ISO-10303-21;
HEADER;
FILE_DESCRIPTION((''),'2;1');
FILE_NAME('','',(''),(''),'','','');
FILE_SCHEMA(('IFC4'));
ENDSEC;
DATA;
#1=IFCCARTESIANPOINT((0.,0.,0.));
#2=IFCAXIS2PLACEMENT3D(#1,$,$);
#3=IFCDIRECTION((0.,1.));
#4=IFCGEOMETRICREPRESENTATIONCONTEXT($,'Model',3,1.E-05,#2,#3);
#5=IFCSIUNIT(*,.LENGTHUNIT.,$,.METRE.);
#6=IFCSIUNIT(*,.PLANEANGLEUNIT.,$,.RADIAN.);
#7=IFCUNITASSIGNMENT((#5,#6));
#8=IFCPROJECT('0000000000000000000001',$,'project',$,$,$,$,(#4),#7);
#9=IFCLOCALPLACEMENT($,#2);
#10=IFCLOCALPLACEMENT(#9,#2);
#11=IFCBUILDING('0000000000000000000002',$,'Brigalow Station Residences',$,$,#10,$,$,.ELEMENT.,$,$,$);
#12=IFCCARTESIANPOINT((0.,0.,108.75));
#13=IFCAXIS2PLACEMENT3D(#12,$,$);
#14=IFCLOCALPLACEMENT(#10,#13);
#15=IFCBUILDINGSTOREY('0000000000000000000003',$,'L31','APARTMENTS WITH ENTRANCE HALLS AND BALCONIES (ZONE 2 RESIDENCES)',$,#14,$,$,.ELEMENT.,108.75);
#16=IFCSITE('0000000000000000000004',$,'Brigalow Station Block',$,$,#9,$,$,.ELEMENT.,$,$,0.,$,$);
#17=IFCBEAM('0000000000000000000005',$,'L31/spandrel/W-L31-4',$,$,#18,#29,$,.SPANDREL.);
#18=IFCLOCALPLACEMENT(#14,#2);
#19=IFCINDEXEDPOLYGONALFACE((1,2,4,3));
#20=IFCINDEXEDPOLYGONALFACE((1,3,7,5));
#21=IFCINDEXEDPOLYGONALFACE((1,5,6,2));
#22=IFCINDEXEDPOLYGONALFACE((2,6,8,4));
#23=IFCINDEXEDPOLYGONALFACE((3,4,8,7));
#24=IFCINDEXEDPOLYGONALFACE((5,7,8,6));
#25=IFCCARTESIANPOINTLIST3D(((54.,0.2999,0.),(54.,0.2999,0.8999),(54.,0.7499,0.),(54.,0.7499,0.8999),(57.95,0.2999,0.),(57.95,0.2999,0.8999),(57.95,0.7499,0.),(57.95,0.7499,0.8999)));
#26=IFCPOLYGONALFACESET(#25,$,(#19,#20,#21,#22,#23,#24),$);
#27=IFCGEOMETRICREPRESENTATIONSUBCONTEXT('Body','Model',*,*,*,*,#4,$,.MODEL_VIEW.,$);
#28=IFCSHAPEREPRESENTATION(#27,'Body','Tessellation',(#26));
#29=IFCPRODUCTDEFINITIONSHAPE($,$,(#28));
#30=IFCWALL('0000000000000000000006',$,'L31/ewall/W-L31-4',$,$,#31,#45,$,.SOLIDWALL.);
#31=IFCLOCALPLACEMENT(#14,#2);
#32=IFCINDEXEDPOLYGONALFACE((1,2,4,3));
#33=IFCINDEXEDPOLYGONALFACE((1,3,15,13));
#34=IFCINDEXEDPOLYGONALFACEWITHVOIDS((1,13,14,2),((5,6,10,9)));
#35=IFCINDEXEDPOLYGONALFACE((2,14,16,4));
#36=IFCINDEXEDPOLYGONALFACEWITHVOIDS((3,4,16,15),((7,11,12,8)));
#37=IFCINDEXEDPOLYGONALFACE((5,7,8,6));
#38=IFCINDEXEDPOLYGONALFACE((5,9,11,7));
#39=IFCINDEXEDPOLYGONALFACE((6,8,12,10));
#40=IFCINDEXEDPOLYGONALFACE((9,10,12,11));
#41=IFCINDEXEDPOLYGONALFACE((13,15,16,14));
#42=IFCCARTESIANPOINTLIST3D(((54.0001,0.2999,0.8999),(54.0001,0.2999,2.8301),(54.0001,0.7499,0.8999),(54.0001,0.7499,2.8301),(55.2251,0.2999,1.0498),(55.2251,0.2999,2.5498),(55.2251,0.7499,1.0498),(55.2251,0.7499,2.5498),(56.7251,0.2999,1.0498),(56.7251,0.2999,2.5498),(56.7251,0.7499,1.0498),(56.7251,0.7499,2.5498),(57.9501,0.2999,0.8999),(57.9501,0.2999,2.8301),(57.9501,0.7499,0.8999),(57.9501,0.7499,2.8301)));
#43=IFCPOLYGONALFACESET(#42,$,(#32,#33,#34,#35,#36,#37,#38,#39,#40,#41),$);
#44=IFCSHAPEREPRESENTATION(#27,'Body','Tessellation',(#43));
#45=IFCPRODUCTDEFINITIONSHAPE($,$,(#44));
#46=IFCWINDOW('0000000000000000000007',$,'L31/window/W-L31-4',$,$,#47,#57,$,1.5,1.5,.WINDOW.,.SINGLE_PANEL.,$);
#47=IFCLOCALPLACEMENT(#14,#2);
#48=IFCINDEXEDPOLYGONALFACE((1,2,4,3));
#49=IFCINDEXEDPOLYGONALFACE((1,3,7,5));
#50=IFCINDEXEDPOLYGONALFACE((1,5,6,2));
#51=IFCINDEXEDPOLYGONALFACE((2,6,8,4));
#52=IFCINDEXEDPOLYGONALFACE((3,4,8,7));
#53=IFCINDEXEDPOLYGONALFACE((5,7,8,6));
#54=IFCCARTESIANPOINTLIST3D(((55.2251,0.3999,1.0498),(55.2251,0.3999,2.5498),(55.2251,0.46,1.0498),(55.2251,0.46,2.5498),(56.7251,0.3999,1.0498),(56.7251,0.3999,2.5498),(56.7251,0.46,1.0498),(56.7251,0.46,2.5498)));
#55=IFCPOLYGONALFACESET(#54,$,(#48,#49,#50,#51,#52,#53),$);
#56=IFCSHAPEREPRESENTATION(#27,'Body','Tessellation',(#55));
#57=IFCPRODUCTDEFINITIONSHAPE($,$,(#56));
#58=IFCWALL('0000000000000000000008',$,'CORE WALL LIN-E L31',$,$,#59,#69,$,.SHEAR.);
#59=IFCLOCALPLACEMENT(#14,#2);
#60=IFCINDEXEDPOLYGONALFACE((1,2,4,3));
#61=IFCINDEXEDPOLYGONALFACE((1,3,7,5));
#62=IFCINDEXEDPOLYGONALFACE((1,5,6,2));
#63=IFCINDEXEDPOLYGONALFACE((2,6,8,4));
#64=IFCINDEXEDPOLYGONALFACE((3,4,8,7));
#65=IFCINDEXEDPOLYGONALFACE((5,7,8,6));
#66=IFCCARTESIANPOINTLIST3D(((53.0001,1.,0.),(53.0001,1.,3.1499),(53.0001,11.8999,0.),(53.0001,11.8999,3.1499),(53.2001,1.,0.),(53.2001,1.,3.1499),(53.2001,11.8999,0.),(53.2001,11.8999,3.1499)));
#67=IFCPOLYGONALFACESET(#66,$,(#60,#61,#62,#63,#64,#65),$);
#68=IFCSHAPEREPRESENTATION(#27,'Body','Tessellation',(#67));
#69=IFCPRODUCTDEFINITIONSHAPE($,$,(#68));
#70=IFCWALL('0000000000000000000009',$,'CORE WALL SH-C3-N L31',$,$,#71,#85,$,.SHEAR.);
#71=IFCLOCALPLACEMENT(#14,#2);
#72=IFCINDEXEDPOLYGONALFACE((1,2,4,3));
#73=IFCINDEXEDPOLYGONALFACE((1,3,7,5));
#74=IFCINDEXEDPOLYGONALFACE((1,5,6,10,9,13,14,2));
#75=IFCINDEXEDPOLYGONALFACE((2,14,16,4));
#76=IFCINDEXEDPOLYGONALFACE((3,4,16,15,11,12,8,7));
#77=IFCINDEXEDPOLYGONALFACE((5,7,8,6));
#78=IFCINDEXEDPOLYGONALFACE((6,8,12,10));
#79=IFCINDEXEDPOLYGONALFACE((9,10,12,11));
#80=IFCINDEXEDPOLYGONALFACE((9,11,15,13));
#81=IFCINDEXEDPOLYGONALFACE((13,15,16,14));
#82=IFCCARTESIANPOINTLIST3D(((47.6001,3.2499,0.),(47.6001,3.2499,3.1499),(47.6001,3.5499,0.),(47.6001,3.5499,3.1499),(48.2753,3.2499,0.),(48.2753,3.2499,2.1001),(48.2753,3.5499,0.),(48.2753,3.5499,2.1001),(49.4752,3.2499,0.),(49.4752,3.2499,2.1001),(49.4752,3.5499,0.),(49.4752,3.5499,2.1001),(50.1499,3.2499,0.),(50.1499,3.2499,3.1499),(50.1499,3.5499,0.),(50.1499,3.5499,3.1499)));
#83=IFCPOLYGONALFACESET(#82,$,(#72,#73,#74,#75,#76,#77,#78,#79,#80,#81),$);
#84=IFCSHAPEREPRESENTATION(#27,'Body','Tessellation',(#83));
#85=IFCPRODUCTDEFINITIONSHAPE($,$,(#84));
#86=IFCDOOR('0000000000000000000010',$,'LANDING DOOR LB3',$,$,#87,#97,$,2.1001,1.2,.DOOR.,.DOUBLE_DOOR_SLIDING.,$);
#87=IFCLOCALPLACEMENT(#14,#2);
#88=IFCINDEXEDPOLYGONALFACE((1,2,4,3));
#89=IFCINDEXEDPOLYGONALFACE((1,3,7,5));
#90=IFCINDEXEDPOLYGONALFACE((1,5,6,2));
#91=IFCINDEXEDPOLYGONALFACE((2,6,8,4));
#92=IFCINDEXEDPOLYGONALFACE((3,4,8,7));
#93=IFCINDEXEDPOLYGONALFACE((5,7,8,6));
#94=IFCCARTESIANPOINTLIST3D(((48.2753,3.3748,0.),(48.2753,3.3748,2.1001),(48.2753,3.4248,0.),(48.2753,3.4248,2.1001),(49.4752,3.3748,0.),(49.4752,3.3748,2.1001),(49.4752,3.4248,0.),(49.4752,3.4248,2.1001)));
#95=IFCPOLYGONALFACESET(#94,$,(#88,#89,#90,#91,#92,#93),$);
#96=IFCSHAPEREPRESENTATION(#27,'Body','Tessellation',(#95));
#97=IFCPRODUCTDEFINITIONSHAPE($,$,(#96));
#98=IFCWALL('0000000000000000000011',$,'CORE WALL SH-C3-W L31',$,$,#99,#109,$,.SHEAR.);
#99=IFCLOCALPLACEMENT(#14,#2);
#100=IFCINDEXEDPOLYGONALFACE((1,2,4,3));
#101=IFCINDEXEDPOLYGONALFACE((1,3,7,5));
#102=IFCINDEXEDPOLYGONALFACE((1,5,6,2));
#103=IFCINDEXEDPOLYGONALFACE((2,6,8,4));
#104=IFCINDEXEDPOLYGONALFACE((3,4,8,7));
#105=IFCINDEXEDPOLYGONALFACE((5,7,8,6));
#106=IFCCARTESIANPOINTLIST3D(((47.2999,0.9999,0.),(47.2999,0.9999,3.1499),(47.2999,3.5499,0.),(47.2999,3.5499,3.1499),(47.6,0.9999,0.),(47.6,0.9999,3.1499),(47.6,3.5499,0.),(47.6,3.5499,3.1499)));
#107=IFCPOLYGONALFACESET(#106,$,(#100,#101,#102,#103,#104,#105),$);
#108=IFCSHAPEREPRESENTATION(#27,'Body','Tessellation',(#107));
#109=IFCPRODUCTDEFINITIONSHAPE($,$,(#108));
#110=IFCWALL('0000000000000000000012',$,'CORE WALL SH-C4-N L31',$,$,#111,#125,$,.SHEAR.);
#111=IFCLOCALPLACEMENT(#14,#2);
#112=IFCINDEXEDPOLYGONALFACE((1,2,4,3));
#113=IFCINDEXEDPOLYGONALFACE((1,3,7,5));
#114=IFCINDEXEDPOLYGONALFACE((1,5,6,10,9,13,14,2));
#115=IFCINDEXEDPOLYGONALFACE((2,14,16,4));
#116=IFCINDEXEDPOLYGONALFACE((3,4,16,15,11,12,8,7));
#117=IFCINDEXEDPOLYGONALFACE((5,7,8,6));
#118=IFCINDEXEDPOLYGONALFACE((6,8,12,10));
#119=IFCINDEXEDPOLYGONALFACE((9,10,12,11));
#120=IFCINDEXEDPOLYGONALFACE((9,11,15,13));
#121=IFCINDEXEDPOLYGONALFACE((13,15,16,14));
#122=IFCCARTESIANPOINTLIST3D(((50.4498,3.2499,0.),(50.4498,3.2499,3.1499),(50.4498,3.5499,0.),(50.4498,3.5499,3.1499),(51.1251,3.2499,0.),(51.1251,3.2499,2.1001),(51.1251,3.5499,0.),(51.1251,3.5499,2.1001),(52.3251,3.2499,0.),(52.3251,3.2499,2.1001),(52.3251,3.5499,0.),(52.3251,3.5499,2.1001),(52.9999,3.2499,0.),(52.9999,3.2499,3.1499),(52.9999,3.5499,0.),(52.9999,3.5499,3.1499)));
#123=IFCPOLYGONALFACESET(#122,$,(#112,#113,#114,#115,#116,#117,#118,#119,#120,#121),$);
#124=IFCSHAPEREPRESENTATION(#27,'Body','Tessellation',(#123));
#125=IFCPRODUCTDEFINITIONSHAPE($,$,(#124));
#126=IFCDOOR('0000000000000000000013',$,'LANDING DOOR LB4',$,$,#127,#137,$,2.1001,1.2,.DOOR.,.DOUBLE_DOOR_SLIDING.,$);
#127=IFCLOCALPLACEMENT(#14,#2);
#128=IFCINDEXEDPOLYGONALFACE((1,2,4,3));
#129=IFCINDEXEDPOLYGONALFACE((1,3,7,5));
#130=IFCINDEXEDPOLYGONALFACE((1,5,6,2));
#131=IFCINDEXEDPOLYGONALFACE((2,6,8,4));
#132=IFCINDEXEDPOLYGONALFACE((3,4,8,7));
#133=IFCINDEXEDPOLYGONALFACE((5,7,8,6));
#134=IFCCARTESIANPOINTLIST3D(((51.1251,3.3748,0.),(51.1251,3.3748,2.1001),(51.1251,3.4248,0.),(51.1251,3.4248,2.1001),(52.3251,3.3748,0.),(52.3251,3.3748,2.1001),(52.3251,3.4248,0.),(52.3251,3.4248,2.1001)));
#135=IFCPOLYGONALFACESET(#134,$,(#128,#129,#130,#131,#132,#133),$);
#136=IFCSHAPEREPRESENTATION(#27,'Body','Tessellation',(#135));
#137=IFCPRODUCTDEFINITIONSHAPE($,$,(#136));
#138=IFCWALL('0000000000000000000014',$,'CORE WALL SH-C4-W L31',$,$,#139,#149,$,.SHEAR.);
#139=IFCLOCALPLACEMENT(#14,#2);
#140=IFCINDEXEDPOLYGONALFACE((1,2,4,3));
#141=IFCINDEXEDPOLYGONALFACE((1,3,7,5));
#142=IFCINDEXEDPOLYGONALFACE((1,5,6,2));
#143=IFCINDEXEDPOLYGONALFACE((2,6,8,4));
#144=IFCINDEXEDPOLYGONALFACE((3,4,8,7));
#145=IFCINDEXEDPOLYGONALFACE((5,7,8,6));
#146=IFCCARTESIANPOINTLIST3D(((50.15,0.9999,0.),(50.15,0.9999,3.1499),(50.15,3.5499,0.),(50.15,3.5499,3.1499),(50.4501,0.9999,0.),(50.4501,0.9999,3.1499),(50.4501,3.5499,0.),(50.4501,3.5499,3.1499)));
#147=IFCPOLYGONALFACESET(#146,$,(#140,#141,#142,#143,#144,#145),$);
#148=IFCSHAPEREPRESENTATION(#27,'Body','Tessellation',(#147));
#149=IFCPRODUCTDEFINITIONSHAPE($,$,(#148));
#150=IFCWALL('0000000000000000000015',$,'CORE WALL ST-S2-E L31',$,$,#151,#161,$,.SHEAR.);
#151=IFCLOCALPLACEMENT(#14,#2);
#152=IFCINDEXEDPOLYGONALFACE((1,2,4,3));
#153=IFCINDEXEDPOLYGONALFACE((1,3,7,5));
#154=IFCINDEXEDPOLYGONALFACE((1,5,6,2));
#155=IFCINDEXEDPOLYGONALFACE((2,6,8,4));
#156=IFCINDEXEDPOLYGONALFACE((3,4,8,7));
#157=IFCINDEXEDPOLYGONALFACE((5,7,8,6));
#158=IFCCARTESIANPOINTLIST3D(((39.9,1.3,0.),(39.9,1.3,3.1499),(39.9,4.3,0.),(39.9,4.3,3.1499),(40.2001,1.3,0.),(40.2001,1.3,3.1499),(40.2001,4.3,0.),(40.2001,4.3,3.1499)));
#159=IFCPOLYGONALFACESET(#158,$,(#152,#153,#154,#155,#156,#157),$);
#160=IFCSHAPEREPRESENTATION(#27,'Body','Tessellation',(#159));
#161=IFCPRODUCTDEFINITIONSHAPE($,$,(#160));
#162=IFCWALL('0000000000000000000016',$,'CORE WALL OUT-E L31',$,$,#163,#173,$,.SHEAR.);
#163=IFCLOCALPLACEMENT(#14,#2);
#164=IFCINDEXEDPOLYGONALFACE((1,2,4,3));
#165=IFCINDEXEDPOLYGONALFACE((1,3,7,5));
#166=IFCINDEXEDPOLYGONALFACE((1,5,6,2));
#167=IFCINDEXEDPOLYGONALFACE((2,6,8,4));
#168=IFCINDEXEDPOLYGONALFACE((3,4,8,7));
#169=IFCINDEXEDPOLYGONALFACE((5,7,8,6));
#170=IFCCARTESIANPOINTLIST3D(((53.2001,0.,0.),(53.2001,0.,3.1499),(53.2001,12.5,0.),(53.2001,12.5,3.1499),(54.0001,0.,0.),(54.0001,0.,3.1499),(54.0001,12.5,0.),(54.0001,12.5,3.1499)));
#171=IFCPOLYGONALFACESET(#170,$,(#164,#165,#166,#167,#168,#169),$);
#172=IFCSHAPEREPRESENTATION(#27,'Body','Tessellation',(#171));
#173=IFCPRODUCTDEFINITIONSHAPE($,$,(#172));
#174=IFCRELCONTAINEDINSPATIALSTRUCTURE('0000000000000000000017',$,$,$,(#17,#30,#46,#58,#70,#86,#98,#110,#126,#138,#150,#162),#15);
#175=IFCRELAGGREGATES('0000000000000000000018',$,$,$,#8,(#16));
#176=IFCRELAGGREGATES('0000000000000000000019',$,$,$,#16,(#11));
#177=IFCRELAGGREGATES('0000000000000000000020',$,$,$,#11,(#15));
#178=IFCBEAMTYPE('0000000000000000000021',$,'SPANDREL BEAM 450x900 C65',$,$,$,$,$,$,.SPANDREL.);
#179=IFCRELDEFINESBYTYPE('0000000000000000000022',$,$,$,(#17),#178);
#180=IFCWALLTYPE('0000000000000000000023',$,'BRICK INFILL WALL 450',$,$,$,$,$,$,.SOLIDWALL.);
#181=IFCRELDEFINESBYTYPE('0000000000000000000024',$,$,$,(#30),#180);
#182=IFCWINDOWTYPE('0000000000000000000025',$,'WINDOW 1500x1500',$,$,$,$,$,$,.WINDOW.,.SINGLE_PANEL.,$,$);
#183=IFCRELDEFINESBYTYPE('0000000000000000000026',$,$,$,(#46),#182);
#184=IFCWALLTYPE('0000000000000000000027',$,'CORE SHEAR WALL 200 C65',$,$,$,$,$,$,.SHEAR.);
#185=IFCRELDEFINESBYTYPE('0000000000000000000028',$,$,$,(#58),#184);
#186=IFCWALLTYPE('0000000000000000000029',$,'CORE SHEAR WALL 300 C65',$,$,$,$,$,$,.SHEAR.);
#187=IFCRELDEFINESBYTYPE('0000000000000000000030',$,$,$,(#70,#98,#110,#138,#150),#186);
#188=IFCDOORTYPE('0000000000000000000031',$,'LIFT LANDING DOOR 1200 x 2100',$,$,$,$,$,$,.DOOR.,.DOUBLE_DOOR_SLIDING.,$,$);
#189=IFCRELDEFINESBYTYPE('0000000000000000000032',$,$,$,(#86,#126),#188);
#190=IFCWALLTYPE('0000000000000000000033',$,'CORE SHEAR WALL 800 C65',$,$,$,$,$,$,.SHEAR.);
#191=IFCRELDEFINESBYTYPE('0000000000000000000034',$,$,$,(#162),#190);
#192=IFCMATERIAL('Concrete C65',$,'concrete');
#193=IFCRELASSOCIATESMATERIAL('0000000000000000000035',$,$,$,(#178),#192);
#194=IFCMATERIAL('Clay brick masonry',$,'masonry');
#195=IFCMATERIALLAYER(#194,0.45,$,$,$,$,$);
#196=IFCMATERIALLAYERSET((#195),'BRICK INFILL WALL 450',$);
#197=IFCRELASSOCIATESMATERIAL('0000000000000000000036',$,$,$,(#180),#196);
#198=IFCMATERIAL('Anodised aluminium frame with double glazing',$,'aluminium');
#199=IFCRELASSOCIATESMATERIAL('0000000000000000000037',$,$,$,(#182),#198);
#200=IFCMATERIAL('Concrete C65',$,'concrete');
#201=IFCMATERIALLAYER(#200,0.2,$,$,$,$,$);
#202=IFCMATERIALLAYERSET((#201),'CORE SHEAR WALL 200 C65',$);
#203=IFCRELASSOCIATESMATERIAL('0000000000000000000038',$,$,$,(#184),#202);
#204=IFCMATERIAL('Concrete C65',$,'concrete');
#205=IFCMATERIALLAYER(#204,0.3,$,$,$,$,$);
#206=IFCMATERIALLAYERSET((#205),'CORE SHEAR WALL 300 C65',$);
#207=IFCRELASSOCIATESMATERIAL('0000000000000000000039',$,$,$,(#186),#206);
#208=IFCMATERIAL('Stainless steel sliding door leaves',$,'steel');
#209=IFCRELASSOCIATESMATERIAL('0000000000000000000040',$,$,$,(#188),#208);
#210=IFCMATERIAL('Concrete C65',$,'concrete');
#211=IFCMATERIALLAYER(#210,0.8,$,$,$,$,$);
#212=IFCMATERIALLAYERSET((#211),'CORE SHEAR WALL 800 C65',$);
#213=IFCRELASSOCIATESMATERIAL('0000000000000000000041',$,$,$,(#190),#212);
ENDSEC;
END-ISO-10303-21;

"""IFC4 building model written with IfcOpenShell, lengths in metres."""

from ifc_helpers import new_model, si_unit, direction, frame, frame_2d, origin, origin_2d, place, context, subcontext, project, spatial, rectangle, extrude, material, layer, layer_set, material_profile, profile_set, type_object, element, fill, save


model = new_model("IFC4")

# Units and contexts
model_context = context("Model", 3, precision=1e-05, world=origin(), true_north=direction((0.0, 1.0)))
body_context = subcontext(model_context, "Body", "Model", "MODEL_VIEW")
ifc_project = project(units=[si_unit("LENGTHUNIT", "METRE"), si_unit("PLANEANGLEUNIT", "RADIAN")], contexts=[model_context])

# Site, building, storey
site_placement = place(None, origin())
site = spatial("IfcSite", under=ifc_project, at=site_placement, Name="Brigalow Station Block", CompositionType="ELEMENT", RefElevation=0.0)
building_placement = place(site_placement, origin())
building = spatial("IfcBuilding", under=site, at=building_placement, Name="Brigalow Station Residences", CompositionType="ELEMENT")
storey_placement = place(building_placement, frame((0.0, 0.0, 108.75)))
storey = spatial("IfcBuildingStorey", under=building, at=storey_placement, Name="L31", Description="APARTMENTS WITH ENTRANCE HALLS AND BALCONIES (ZONE 2 RESIDENCES)", CompositionType="ELEMENT", Elevation=108.75)

# Beam
ifc_material_1 = material(Name="Concrete C65", Category="concrete")
ifc_material_profile = material_profile(ifc_material_1, rectangle(XDim=0.45, YDim=0.8999, at=origin_2d()), Name="RC450x900")
ifc_profile_set = profile_set([ifc_material_profile], Name="Concrete C65")
beam_type = type_object("IfcBeamType", Name="SPANDREL BEAM 450x900 C65", PredefinedType="SPANDREL", material=ifc_profile_set)
beam_placement = place(storey_placement, frame((54.0, 0.5249, 0.45), z_axis=(1.0, 0.0, 0.0), x_axis=(0.0, 1.0, 0.0)))
element("IfcBeam", 1, at=beam_placement, inside=storey, type_object=beam_type, Name="L31/spandrel/W-L31-4", PredefinedType="SPANDREL", context=body_context, shape_type="SweptSolid", body=[
    extrude(rectangle(XDim=0.45, YDim=0.8999, at=origin_2d()), origin(), (0.0, 0.0, 1.0), 3.95),
])

# Wall, opening, window
ifc_material_2 = material(Name="Clay brick masonry", Category="masonry")
ifc_layer_1 = layer(ifc_material_2, 0.45)
ifc_layer_set_1 = layer_set([ifc_layer_1], Name="BRICK INFILL WALL 450")
wall_type_1 = type_object("IfcWallType", Name="BRICK INFILL WALL 450", PredefinedType="SOLIDWALL", material=ifc_layer_set_1)
wall_1_placement = place(storey_placement, frame((54.0, 0.5249, 0.8999), z_axis=(0.0, 0.0, 1.0), x_axis=(1.0, 0.0, 0.0)))
wall_1 = element("IfcWall", 2, at=wall_1_placement, inside=storey, type_object=wall_type_1, Name="L31/ewall/W-L31-4", PredefinedType="SOLIDWALL", context=body_context, shape_type="SweptSolid", body=[
    extrude(rectangle(XDim=3.95, YDim=0.45, at=frame_2d((1.9751, 0.0))), origin(), (0.0, 0.0, 1.0), 1.9302),
])
opening_1_placement = place(wall_1_placement, frame((1.2251, 0.0, 0.1499)))
opening_1 = element("IfcOpeningElement", 3, at=opening_1_placement, cuts=wall_1, PredefinedType="OPENING", context=body_context, shape_type="SweptSolid", body=[
    extrude(rectangle(XDim=1.5, YDim=1.5, at=frame_2d((0.75, 0.75))), frame((0.0, 0.2349, 0.0), z_axis=(0.0, -1.0, 0.0), x_axis=(1.0, 0.0, 0.0)), (0.0, 0.0, 1.0), 0.47),
])
ifc_material_3 = material(Name="Anodised aluminium frame with double glazing", Category="aluminium")
window_type = type_object("IfcWindowType", Name="WINDOW 1500x1500", PartitioningType="SINGLE_PANEL", PredefinedType="WINDOW", material=ifc_material_3)
window_placement = place(opening_1_placement, origin())
window = element("IfcWindow", 4, at=window_placement, inside=storey, type_object=window_type, Name="L31/window/W-L31-4", OverallHeight=1.5, OverallWidth=1.5, PartitioningType="SINGLE_PANEL", PredefinedType="WINDOW", context=body_context, shape_type="SweptSolid", body=[
    extrude(rectangle(XDim=1.5, YDim=1.5, at=frame_2d((0.75, 0.75))), frame((0.0, -0.0649, 0.0), z_axis=(0.0, -1.0, 0.0), x_axis=(1.0, 0.0, 0.0)), (0.0, 0.0, 1.0), 0.0601),
])
fill(opening_1, window)

# Wall
ifc_material_4 = material(Name="Concrete C65", Category="concrete")
ifc_layer_2 = layer(ifc_material_4, 0.2)
ifc_layer_set_2 = layer_set([ifc_layer_2], Name="CORE SHEAR WALL 200 C65")
wall_type_2 = type_object("IfcWallType", Name="CORE SHEAR WALL 200 C65", PredefinedType="SHEAR", material=ifc_layer_set_2)
wall_2_placement = place(storey_placement, frame((53.1001, 1.0, 0.0), z_axis=(0.0, 0.0, 1.0), x_axis=(0.0, 1.0, 0.0)))
element("IfcWall", 5, at=wall_2_placement, inside=storey, type_object=wall_type_2, Name="CORE WALL LIN-E L31", PredefinedType="SHEAR", context=body_context, shape_type="SweptSolid", body=[
    extrude(rectangle(XDim=10.8999, YDim=0.2, at=frame_2d((5.45, 0.0))), origin(), (0.0, 0.0, 1.0), 3.1499),
])

# Wall, opening, door
ifc_material_5 = material(Name="Concrete C65", Category="concrete")
ifc_layer_3 = layer(ifc_material_5, 0.3)
ifc_layer_set_3 = layer_set([ifc_layer_3], Name="CORE SHEAR WALL 300 C65")
wall_type_3 = type_object("IfcWallType", Name="CORE SHEAR WALL 300 C65", PredefinedType="SHEAR", material=ifc_layer_set_3)
wall_3_placement = place(storey_placement, frame((47.6001, 3.3999, 0.0), z_axis=(0.0, 0.0, 1.0), x_axis=(1.0, 0.0, 0.0)))
wall_3 = element("IfcWall", 6, at=wall_3_placement, inside=storey, type_object=wall_type_3, Name="CORE WALL SH-C3-N L31", PredefinedType="SHEAR", context=body_context, shape_type="SweptSolid", body=[
    extrude(rectangle(XDim=2.5498, YDim=0.3, at=frame_2d((1.2749, 0.0))), origin(), (0.0, 0.0, 1.0), 3.1499),
])
opening_2_placement = place(wall_3_placement, frame((0.675, 0.0, 0.0)))
opening_2 = element("IfcOpeningElement", 7, at=opening_2_placement, cuts=wall_3, PredefinedType="OPENING", context=body_context, shape_type="SweptSolid", body=[
    extrude(rectangle(XDim=1.2, YDim=2.1001, at=frame_2d((0.6001, 1.05))), frame((0.0, 0.1602, 0.0), z_axis=(0.0, -1.0, 0.0), x_axis=(1.0, 0.0, 0.0)), (0.0, 0.0, 1.0), 0.3201),
])
ifc_material_6 = material(Name="Stainless steel sliding door leaves", Category="steel")
door_type_1 = type_object("IfcDoorType", Name="LIFT LANDING DOOR 1200 x 2100", OperationType="DOUBLE_DOOR_SLIDING", PredefinedType="DOOR", material=ifc_material_6)
door_1_placement = place(opening_2_placement, origin())
door_1 = element("IfcDoor", 8, at=door_1_placement, inside=storey, type_object=door_type_1, Name="LANDING DOOR LB3", OperationType="DOUBLE_DOOR_SLIDING", OverallHeight=2.1001, OverallWidth=1.2, PredefinedType="DOOR", context=body_context, shape_type="SweptSolid", body=[
    extrude(rectangle(XDim=1.2, YDim=2.1001, at=frame_2d((0.6001, 1.05))), frame((0.0, 0.0249, 0.0), z_axis=(0.0, -1.0, 0.0), x_axis=(1.0, 0.0, 0.0)), (0.0, 0.0, 1.0), 0.05),
])
fill(opening_2, door_1)

# Wall
wall_4_placement = place(storey_placement, frame((47.45, 1.0, 0.0), z_axis=(0.0, 0.0, 1.0), x_axis=(0.0, 1.0, 0.0)))
element("IfcWall", 9, at=wall_4_placement, inside=storey, type_object=wall_type_3, Name="CORE WALL SH-C3-W L31", PredefinedType="SHEAR", context=body_context, shape_type="SweptSolid", body=[
    extrude(rectangle(XDim=2.55, YDim=0.3, at=frame_2d((1.2749, 0.0))), origin(), (0.0, 0.0, 1.0), 3.1499),
])

# Wall, opening, door
wall_5_placement = place(storey_placement, frame((50.45, 3.3999, 0.0), z_axis=(0.0, 0.0, 1.0), x_axis=(1.0, 0.0, 0.0)))
wall_5 = element("IfcWall", 10, at=wall_5_placement, inside=storey, type_object=wall_type_3, Name="CORE WALL SH-C4-N L31", PredefinedType="SHEAR", context=body_context, shape_type="SweptSolid", body=[
    extrude(rectangle(XDim=2.55, YDim=0.3, at=frame_2d((1.2749, 0.0))), origin(), (0.0, 0.0, 1.0), 3.1499),
])
opening_3_placement = place(wall_5_placement, frame((0.675, 0.0, 0.0)))
opening_3 = element("IfcOpeningElement", 11, at=opening_3_placement, cuts=wall_5, PredefinedType="OPENING", context=body_context, shape_type="SweptSolid", body=[
    extrude(rectangle(XDim=1.2, YDim=2.1001, at=frame_2d((0.6001, 1.05))), frame((0.0, 0.1602, 0.0), z_axis=(0.0, -1.0, 0.0), x_axis=(1.0, 0.0, 0.0)), (0.0, 0.0, 1.0), 0.3201),
])
door_2_placement = place(opening_3_placement, origin())
door_2 = element("IfcDoor", 12, at=door_2_placement, inside=storey, type_object=door_type_1, Name="LANDING DOOR LB4", OperationType="DOUBLE_DOOR_SLIDING", OverallHeight=2.1001, OverallWidth=1.2, PredefinedType="DOOR", context=body_context, shape_type="SweptSolid", body=[
    extrude(rectangle(XDim=1.2, YDim=2.1001, at=frame_2d((0.6001, 1.05))), frame((0.0, 0.0249, 0.0), z_axis=(0.0, -1.0, 0.0), x_axis=(1.0, 0.0, 0.0)), (0.0, 0.0, 1.0), 0.05),
])
fill(opening_3, door_2)

# Walls
wall_6_placement = place(storey_placement, frame((50.3, 1.0, 0.0), z_axis=(0.0, 0.0, 1.0), x_axis=(0.0, 1.0, 0.0)))
element("IfcWall", 13, at=wall_6_placement, inside=storey, type_object=wall_type_3, Name="CORE WALL SH-C4-W L31", PredefinedType="SHEAR", context=body_context, shape_type="SweptSolid", body=[
    extrude(rectangle(XDim=2.55, YDim=0.3, at=frame_2d((1.2749, 0.0))), origin(), (0.0, 0.0, 1.0), 3.1499),
])
wall_7_placement = place(storey_placement, frame((40.05, 1.3, 0.0), z_axis=(0.0, 0.0, 1.0), x_axis=(0.0, 1.0, 0.0)))
element("IfcWall", 14, at=wall_7_placement, inside=storey, type_object=wall_type_3, Name="CORE WALL ST-S2-E L31", PredefinedType="SHEAR", context=body_context, shape_type="SweptSolid", body=[
    extrude(rectangle(XDim=3.0, YDim=0.3, at=frame_2d((1.5, 0.0))), origin(), (0.0, 0.0, 1.0), 3.1499),
])
ifc_material_7 = material(Name="Concrete C65", Category="concrete")
ifc_layer_4 = layer(ifc_material_7, 0.8)
ifc_layer_set_4 = layer_set([ifc_layer_4], Name="CORE SHEAR WALL 800 C65")
wall_type_4 = type_object("IfcWallType", Name="CORE SHEAR WALL 800 C65", PredefinedType="SHEAR", material=ifc_layer_set_4)
wall_8_placement = place(storey_placement, frame((53.6001, 0.0, 0.0), z_axis=(0.0, 0.0, 1.0), x_axis=(0.0, 1.0, 0.0)))
element("IfcWall", 15, at=wall_8_placement, inside=storey, type_object=wall_type_4, Name="CORE WALL OUT-E L31", PredefinedType="SHEAR", context=body_context, shape_type="SweptSolid", body=[
    extrude(rectangle(XDim=12.5, YDim=0.8, at=frame_2d((6.25, 0.0))), origin(), (0.0, 0.0, 1.0), 3.1499),
])

save(model, "model.ifc")
